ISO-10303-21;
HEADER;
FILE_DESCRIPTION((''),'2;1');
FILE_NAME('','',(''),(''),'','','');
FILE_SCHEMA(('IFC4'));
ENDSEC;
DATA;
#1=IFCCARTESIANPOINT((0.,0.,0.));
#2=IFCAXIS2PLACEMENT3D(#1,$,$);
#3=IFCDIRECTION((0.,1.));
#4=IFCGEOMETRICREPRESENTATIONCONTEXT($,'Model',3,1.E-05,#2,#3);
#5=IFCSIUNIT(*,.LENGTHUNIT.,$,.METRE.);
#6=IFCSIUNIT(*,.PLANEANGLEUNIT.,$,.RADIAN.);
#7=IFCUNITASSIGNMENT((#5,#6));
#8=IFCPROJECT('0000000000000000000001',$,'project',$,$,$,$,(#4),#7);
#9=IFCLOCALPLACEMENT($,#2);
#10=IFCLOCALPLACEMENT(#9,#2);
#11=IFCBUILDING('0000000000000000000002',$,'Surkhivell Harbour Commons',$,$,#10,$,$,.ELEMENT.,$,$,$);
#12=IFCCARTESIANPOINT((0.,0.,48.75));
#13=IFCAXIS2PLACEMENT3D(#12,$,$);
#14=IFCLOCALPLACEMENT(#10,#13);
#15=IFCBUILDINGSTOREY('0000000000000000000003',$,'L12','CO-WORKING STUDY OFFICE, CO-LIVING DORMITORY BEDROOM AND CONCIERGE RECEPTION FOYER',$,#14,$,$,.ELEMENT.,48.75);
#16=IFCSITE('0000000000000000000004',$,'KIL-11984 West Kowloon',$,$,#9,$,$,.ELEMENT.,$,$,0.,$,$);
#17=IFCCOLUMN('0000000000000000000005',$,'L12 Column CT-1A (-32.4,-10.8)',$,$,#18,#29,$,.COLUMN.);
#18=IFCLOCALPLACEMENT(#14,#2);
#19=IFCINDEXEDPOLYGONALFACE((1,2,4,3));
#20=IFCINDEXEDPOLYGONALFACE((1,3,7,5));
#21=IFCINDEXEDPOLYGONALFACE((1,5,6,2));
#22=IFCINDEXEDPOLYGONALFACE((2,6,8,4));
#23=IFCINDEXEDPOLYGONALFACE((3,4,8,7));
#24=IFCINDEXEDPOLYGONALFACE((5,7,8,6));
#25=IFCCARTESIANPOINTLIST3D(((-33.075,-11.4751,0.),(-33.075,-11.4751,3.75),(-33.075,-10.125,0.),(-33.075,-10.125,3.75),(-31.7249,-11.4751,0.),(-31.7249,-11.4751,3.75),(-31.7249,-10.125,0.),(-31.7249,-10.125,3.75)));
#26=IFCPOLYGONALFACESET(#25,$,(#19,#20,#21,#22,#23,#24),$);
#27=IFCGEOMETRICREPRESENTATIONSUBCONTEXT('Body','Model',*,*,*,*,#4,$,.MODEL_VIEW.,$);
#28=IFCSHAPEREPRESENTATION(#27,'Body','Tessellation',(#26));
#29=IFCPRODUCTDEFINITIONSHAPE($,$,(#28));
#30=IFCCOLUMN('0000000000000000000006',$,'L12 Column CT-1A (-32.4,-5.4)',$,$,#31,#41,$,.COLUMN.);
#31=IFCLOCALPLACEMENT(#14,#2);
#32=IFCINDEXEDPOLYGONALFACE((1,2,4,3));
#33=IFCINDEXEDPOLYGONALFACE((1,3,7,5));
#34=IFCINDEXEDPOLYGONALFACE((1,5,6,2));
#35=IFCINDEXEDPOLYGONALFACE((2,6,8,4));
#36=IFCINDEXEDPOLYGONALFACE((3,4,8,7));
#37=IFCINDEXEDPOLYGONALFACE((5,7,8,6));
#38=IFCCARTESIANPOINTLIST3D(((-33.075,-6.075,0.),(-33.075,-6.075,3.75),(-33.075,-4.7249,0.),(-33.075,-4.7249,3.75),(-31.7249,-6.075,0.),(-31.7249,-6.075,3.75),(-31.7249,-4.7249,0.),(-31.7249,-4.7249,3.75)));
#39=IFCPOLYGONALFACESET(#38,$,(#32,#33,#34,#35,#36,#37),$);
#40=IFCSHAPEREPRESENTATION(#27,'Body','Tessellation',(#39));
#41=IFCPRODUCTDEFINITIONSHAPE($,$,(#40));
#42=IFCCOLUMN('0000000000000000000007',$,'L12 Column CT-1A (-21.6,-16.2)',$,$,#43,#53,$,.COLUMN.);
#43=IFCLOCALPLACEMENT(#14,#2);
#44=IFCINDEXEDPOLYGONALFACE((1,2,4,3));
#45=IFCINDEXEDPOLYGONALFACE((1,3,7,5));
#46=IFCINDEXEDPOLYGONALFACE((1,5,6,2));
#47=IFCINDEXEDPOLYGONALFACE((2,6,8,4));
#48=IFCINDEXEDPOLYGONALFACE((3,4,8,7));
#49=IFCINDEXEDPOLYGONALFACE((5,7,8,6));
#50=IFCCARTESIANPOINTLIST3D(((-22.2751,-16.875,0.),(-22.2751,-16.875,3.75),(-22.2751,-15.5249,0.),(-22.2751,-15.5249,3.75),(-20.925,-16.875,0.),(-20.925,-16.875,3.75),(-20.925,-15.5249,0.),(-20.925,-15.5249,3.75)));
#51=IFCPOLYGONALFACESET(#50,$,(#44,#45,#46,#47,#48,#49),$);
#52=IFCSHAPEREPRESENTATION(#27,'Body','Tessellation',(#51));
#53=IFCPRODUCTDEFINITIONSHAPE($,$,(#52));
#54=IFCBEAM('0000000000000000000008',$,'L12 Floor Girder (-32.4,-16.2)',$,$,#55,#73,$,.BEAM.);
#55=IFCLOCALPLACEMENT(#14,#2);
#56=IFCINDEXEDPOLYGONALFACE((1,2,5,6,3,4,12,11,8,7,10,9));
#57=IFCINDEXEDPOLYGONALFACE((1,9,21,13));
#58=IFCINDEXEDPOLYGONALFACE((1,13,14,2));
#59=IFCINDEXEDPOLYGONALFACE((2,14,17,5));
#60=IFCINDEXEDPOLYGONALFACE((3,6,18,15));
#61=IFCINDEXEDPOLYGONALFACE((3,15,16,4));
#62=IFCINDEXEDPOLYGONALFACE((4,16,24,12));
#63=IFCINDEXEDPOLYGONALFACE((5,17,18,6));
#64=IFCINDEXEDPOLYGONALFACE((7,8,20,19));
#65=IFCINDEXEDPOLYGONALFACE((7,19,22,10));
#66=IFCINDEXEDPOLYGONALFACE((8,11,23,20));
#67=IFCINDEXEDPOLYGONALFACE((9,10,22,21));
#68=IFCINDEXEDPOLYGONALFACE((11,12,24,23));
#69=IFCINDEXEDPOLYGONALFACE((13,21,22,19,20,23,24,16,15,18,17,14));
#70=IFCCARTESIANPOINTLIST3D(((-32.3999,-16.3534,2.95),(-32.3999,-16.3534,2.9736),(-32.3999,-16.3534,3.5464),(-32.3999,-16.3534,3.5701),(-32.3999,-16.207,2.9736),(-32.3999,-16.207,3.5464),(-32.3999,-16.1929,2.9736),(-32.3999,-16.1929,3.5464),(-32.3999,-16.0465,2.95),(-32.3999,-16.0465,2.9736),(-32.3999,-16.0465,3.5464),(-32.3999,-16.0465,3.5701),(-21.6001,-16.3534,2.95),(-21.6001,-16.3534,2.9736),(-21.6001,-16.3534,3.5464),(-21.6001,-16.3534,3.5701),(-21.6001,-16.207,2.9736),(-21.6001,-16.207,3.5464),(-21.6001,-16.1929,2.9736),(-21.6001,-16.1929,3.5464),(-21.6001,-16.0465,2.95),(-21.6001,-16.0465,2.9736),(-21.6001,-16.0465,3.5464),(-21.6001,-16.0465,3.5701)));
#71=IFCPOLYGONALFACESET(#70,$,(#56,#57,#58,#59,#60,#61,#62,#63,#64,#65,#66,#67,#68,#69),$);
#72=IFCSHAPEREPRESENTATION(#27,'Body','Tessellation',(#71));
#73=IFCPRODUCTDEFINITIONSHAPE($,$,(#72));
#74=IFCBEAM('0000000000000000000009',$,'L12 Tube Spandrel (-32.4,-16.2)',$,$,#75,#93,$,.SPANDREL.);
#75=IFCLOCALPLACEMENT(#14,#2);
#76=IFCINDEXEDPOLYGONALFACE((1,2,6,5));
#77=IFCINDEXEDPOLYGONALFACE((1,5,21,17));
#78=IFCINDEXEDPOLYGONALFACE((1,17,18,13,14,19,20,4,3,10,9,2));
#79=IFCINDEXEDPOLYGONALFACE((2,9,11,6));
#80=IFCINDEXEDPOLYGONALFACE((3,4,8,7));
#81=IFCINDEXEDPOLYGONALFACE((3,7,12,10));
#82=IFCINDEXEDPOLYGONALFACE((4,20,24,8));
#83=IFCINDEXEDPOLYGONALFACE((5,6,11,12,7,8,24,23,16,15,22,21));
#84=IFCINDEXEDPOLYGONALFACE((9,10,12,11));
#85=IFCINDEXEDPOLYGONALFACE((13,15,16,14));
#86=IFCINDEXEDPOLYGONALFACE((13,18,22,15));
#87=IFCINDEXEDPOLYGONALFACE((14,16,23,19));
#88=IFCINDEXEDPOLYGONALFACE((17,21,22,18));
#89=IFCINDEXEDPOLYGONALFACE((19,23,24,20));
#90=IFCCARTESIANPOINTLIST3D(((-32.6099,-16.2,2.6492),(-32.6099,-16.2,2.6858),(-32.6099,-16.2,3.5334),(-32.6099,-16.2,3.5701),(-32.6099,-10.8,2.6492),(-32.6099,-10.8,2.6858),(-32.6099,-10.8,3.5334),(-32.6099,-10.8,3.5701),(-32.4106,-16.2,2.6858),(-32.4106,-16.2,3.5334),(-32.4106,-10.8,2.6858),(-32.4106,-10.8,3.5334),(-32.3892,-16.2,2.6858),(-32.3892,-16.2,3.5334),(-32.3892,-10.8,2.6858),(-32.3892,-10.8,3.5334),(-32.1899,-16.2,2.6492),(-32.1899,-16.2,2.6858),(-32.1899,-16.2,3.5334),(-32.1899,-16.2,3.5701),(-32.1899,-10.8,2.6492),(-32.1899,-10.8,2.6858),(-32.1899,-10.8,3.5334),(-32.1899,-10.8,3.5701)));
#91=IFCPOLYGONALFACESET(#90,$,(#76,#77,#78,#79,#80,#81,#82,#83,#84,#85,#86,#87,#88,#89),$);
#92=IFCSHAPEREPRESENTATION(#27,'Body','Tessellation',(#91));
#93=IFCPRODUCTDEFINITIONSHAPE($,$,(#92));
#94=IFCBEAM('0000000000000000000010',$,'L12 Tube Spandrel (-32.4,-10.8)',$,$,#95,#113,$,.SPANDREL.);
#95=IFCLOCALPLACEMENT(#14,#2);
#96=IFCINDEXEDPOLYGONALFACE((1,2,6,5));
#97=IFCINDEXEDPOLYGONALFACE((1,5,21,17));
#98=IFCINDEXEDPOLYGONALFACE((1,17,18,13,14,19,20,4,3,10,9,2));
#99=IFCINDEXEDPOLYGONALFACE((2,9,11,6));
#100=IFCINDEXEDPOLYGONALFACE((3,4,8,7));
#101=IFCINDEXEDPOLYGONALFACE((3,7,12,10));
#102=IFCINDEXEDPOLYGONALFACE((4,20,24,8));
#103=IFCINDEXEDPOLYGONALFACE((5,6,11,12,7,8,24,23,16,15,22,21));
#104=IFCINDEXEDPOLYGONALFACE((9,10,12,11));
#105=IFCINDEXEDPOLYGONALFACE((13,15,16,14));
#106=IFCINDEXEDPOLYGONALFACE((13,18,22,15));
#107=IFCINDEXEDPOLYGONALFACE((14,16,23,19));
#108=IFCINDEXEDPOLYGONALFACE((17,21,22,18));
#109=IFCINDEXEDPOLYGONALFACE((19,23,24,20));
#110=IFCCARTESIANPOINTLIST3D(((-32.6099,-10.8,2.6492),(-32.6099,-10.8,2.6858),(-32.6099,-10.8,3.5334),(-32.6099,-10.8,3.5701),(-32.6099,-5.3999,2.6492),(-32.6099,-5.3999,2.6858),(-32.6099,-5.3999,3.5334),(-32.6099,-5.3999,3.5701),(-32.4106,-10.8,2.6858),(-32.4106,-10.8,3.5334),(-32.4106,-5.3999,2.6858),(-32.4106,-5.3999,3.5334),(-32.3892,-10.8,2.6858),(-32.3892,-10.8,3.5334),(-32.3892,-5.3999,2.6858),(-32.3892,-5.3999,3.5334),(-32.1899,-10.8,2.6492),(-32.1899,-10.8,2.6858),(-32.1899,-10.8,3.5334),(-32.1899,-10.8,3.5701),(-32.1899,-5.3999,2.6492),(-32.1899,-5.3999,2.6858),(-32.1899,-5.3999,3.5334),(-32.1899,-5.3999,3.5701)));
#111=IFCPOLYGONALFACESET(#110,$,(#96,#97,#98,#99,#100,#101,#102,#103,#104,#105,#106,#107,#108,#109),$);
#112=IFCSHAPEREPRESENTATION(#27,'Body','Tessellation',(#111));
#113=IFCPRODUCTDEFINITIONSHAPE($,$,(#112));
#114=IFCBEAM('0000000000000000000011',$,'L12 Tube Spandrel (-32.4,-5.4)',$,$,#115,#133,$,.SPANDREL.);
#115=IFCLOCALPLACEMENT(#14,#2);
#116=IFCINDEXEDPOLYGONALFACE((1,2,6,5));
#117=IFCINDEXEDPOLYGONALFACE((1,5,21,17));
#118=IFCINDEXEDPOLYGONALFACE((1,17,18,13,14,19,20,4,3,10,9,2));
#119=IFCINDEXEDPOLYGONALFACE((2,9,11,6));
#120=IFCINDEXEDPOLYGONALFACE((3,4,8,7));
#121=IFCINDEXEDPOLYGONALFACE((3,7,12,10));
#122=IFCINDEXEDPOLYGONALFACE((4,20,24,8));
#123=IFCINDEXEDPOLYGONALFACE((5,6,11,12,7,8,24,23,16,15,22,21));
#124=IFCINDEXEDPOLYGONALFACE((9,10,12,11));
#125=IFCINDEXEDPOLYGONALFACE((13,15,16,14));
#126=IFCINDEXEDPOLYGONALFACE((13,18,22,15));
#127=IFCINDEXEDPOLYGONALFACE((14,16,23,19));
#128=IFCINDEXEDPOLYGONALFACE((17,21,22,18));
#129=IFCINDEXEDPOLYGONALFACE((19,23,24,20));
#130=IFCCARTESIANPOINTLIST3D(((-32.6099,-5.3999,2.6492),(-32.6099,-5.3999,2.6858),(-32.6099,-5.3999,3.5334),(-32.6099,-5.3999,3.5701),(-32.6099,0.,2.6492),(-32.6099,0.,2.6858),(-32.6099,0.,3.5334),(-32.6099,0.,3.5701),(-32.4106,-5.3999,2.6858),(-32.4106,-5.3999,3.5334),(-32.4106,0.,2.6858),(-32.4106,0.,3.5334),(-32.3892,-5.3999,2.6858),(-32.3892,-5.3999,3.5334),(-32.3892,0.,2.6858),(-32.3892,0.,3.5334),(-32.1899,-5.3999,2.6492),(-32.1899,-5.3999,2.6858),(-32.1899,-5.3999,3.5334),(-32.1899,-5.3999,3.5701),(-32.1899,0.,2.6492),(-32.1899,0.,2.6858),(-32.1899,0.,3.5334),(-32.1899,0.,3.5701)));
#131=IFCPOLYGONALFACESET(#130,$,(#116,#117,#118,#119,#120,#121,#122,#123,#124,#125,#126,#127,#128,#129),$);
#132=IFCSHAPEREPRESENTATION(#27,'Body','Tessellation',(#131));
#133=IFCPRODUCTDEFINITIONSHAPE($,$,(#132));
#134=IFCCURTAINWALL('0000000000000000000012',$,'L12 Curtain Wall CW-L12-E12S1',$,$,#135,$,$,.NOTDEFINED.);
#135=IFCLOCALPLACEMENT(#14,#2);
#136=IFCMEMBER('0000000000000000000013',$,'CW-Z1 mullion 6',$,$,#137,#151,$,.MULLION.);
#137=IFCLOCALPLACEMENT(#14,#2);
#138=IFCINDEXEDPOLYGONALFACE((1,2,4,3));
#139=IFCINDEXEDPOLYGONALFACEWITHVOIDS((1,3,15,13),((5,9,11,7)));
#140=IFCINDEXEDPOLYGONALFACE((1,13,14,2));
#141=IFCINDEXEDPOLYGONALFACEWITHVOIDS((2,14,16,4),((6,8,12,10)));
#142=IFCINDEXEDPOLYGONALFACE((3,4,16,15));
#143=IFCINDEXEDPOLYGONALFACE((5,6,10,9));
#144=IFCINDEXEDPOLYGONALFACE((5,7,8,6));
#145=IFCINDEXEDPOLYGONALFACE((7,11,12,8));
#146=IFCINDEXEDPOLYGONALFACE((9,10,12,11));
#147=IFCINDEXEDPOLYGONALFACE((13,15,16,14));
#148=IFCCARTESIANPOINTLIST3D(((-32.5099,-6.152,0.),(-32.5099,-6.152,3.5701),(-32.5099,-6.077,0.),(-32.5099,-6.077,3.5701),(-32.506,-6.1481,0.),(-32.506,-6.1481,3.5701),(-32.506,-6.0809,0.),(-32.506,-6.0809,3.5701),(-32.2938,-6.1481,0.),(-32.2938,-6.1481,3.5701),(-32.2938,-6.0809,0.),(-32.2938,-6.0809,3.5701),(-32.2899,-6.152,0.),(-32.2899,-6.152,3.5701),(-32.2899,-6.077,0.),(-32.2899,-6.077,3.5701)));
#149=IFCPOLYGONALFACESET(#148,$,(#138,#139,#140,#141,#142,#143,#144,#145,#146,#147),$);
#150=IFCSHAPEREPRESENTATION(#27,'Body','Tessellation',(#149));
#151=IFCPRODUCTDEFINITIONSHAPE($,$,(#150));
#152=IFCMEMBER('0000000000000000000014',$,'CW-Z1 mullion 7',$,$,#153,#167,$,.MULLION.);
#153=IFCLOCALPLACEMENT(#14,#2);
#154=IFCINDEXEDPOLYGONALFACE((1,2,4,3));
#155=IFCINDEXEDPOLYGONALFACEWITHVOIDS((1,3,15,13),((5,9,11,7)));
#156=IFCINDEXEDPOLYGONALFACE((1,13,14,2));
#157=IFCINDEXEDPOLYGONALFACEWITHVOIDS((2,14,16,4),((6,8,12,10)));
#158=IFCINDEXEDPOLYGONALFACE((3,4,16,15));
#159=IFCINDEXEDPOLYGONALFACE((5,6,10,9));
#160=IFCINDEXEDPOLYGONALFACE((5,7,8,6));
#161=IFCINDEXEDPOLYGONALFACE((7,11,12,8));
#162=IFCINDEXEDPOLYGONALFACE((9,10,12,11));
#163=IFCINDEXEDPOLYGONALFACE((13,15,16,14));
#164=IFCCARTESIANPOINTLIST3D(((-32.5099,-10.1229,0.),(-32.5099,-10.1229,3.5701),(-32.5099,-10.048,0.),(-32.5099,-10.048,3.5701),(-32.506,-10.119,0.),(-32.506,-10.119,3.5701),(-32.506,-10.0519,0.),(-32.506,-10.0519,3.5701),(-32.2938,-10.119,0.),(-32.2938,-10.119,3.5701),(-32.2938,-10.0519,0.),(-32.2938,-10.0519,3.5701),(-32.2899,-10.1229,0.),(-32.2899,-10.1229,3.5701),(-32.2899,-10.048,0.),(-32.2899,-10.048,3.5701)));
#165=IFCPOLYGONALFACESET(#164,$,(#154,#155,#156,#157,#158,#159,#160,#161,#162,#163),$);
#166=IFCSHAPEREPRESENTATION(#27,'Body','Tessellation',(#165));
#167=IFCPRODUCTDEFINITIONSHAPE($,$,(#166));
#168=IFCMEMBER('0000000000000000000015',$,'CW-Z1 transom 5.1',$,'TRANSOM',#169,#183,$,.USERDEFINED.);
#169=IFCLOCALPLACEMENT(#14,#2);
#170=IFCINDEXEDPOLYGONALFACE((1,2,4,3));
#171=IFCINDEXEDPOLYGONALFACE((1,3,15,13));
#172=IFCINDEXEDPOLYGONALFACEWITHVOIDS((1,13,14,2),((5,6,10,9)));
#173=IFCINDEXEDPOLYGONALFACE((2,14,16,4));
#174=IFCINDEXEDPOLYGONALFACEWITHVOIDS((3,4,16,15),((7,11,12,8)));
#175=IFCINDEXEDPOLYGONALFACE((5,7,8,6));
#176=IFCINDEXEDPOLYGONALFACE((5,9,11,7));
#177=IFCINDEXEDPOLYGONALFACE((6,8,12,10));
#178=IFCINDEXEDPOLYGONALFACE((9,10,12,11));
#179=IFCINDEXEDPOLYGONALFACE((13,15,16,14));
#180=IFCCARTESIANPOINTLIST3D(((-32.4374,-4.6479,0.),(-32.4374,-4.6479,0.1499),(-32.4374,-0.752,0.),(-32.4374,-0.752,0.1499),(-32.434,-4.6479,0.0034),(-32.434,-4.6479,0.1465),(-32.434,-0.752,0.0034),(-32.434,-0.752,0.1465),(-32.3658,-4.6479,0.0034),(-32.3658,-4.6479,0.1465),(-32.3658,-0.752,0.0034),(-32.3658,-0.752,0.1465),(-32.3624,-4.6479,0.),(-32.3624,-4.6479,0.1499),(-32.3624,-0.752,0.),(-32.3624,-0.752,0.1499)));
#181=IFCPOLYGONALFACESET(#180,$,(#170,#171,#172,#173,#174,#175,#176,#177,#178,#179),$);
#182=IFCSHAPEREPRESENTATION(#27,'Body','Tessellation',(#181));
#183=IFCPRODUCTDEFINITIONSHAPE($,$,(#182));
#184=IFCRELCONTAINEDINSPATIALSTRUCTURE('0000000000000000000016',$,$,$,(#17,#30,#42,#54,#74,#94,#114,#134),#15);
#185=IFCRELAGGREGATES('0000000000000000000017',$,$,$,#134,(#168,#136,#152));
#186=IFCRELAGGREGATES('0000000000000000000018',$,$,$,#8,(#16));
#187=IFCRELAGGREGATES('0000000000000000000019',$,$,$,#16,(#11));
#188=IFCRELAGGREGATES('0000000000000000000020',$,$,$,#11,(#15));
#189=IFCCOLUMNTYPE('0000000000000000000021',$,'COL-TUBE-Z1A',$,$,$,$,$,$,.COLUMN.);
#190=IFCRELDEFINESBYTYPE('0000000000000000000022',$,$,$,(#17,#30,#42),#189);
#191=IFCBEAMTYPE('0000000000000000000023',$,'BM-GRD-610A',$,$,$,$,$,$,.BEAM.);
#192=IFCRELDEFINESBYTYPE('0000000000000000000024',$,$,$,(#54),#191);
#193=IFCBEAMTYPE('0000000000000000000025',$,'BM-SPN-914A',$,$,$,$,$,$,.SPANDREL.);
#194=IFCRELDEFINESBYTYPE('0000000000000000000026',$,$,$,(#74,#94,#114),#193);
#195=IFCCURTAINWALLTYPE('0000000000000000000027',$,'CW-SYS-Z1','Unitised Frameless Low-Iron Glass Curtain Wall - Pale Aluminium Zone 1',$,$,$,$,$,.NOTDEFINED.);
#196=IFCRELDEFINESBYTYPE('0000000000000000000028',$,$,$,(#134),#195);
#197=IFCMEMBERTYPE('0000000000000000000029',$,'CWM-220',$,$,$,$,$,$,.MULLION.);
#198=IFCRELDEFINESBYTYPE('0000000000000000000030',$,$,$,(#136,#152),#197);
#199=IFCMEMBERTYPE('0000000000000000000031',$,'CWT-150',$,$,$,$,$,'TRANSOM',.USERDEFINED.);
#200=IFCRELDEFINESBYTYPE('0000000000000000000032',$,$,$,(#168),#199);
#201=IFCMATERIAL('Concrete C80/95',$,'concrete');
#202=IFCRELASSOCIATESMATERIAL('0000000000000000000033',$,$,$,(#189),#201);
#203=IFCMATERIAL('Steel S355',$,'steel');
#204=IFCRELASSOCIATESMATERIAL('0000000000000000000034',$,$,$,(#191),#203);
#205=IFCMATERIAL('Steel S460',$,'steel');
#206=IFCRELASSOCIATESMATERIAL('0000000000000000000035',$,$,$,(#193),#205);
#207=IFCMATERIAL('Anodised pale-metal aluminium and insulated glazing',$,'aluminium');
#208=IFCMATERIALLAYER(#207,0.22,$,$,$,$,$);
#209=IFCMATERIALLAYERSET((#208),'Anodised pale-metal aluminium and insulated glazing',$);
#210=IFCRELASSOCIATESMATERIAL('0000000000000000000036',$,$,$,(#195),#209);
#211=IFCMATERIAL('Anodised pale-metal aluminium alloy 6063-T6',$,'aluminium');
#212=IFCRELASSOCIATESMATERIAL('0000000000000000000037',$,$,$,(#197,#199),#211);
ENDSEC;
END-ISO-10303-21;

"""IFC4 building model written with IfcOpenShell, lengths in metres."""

from ifc_helpers import new_model, si_unit, direction, frame, origin, origin_2d, place, context, subcontext, project, spatial, rectangle, hollow_rectangle, i_section, extrude, material, layer, layer_set, material_profile, profile_set, type_object, element, aggregate, save


model = new_model("IFC4")

# Units and contexts
model_context = context("Model", 3, precision=1e-05, world=origin(), true_north=direction((0.0, 1.0)))
body_context = subcontext(model_context, "Body", "Model", "MODEL_VIEW")
ifc_project = project(units=[si_unit("LENGTHUNIT", "METRE"), si_unit("PLANEANGLEUNIT", "RADIAN")], contexts=[model_context])

# Site, building, storey
site_placement = place(None, origin())
site = spatial("IfcSite", under=ifc_project, at=site_placement, Name="KIL-11984 West Kowloon", CompositionType="ELEMENT", RefElevation=0.0)
building_placement = place(site_placement, origin())
building = spatial("IfcBuilding", under=site, at=building_placement, Name="Surkhivell Harbour Commons", CompositionType="ELEMENT")
storey_placement = place(building_placement, frame((0.0, 0.0, 48.75)))
storey = spatial("IfcBuildingStorey", under=building, at=storey_placement, Name="L12", Description="CO-WORKING STUDY OFFICE, CO-LIVING DORMITORY BEDROOM AND CONCIERGE RECEPTION FOYER", CompositionType="ELEMENT", Elevation=48.75)

# Columns
ifc_material_1 = material(Name="Concrete C80/95", Category="concrete")
ifc_material_profile_1 = material_profile(ifc_material_1, rectangle(XDim=1.3501, YDim=1.3501, at=origin_2d()), Name="RC-COL-1350x1350")
ifc_profile_set_1 = profile_set([ifc_material_profile_1], Name="Concrete C80/95")
column_type = type_object("IfcColumnType", Name="COL-TUBE-Z1A", PredefinedType="COLUMN", material=ifc_profile_set_1)
for number, where, z_axis, x_axis, name in (
    (1, (-32.3999, -10.8, 0.0), (0.0, 0.0, 1.0), (1.0, 0.0, 0.0), "L12 Column CT-1A (-32.4,-10.8)"),
    (2, (-32.3999, -5.3999, 0.0), (0.0, 0.0, 1.0), (1.0, 0.0, 0.0), "L12 Column CT-1A (-32.4,-5.4)"),
    (3, (-21.6001, -16.2, 0.0), (0.0, 0.0, 1.0), (1.0, 0.0, 0.0), "L12 Column CT-1A (-21.6,-16.2)"),
):
    element("IfcColumn", number, at=place(storey_placement, frame(where, z_axis=z_axis, x_axis=x_axis)), inside=storey, type_object=column_type, Name=name, PredefinedType="COLUMN", context=body_context, shape_type="SweptSolid", body=[
        extrude(rectangle(XDim=1.3501, YDim=1.3501, at=origin_2d()), origin(), (0.0, 0.0, 1.0), 3.75),
    ])

# Beams
ifc_material_2 = material(Name="Steel S355", Category="steel")
ifc_material_profile_2 = material_profile(ifc_material_2, i_section(OverallWidth=0.3069, OverallDepth=0.6201, WebThickness=0.0142, FlangeThickness=0.0237, at=origin_2d()), Name="UB610x305x179")
ifc_profile_set_2 = profile_set([ifc_material_profile_2], Name="Steel S355")
beam_type_1 = type_object("IfcBeamType", Name="BM-GRD-610A", PredefinedType="BEAM", material=ifc_profile_set_2)
beam_1_placement = place(storey_placement, frame((-32.3999, -16.2, 3.26), z_axis=(1.0, 0.0, 0.0), x_axis=(0.0, 1.0, 0.0)))
element("IfcBeam", 4, at=beam_1_placement, inside=storey, type_object=beam_type_1, Name="L12 Floor Girder (-32.4,-16.2)", PredefinedType="BEAM", context=body_context, shape_type="SweptSolid", body=[
    extrude(i_section(OverallWidth=0.3069, OverallDepth=0.6201, WebThickness=0.0142, FlangeThickness=0.0237, at=origin_2d()), origin(), (0.0, 0.0, 1.0), 10.7998),
])
ifc_material_3 = material(Name="Steel S460", Category="steel")
ifc_material_profile_3 = material_profile(ifc_material_3, i_section(OverallWidth=0.4199, OverallDepth=0.9209, WebThickness=0.0215, FlangeThickness=0.0366, at=origin_2d()), Name="UB914x419x388")
ifc_profile_set_3 = profile_set([ifc_material_profile_3], Name="Steel S460")
beam_type_2 = type_object("IfcBeamType", Name="BM-SPN-914A", PredefinedType="SPANDREL", material=ifc_profile_set_3)
beam_2_placement = place(storey_placement, frame((-32.3999, -16.2, 3.1096), z_axis=(0.0, 1.0, 0.0), x_axis=(-1.0, 0.0, 0.0)))
element("IfcBeam", 5, at=beam_2_placement, inside=storey, type_object=beam_type_2, Name="L12 Tube Spandrel (-32.4,-16.2)", PredefinedType="SPANDREL", context=body_context, shape_type="SweptSolid", body=[
    extrude(i_section(OverallWidth=0.4199, OverallDepth=0.9209, WebThickness=0.0215, FlangeThickness=0.0366, at=origin_2d()), origin(), (0.0, 0.0, 1.0), 5.3999),
])
beam_3_placement = place(storey_placement, frame((-32.3999, -10.8, 3.1096), z_axis=(0.0, 1.0, 0.0), x_axis=(-1.0, 0.0, 0.0)))
element("IfcBeam", 6, at=beam_3_placement, inside=storey, type_object=beam_type_2, Name="L12 Tube Spandrel (-32.4,-10.8)", PredefinedType="SPANDREL", context=body_context, shape_type="SweptSolid", body=[
    extrude(i_section(OverallWidth=0.4199, OverallDepth=0.9209, WebThickness=0.0215, FlangeThickness=0.0366, at=origin_2d()), origin(), (0.0, 0.0, 1.0), 5.4001),
])
beam_4_placement = place(storey_placement, frame((-32.3999, -5.3999, 3.1096), z_axis=(0.0, 1.0, 0.0), x_axis=(-1.0, 0.0, 0.0)))
element("IfcBeam", 7, at=beam_4_placement, inside=storey, type_object=beam_type_2, Name="L12 Tube Spandrel (-32.4,-5.4)", PredefinedType="SPANDREL", context=body_context, shape_type="SweptSolid", body=[
    extrude(i_section(OverallWidth=0.4199, OverallDepth=0.9209, WebThickness=0.0215, FlangeThickness=0.0366, at=origin_2d()), origin(), (0.0, 0.0, 1.0), 5.3999),
])

# Curtain wall, members
ifc_material_4 = material(Name="Anodised pale-metal aluminium and insulated glazing", Category="aluminium")
ifc_layer_1 = layer(ifc_material_4, 0.22)
ifc_layer_set_1 = layer_set([ifc_layer_1], Name="Anodised pale-metal aluminium and insulated glazing")
curtain_wall_type = type_object("IfcCurtainWallType", Name="CW-SYS-Z1", Description="Unitised Frameless Low-Iron Glass Curtain Wall - Pale Aluminium Zone 1", PredefinedType="NOTDEFINED", material=ifc_layer_set_1)
curtain_wall_placement = place(storey_placement, origin())
curtain_wall = element("IfcCurtainWall", 8, at=curtain_wall_placement, inside=storey, type_object=curtain_wall_type, Name="L12 Curtain Wall CW-L12-E12S1", PredefinedType="NOTDEFINED")
ifc_material_5 = material(Name="Anodised pale-metal aluminium alloy 6063-T6", Category="aluminium")
ifc_material_profile_4 = material_profile(ifc_material_5, hollow_rectangle(XDim=0.075, YDim=0.22, WallThickness=0.0039, at=origin_2d()), Name="ALU-MULL-75x220")
ifc_profile_set_4 = profile_set([ifc_material_profile_4], Name="Anodised pale-metal aluminium alloy 6063-T6")
member_type_1 = type_object("IfcMemberType", Name="CWM-220", PredefinedType="MULLION", material=ifc_profile_set_4)
member_1_placement = place(storey_placement, frame((-32.3999, -6.1145, 0.0), z_axis=(0.0, 0.0, 1.0), x_axis=(0.0, -1.0, 0.0)))
member_1 = element("IfcMember", 9, at=member_1_placement, type_object=member_type_1, Name="CW-Z1 mullion 6", PredefinedType="MULLION", context=body_context, shape_type="SweptSolid", body=[
    extrude(hollow_rectangle(XDim=0.075, YDim=0.22, WallThickness=0.0039, at=origin_2d()), origin(), (0.0, 0.0, 1.0), 3.5701),
])
member_2_placement = place(storey_placement, frame((-32.3999, -10.0854, 0.0), z_axis=(0.0, 0.0, 1.0), x_axis=(0.0, -1.0, 0.0)))
member_2 = element("IfcMember", 10, at=member_2_placement, type_object=member_type_1, Name="CW-Z1 mullion 7", PredefinedType="MULLION", context=body_context, shape_type="SweptSolid", body=[
    extrude(hollow_rectangle(XDim=0.075, YDim=0.22, WallThickness=0.0039, at=origin_2d()), origin(), (0.0, 0.0, 1.0), 3.5701),
])
ifc_material_profile_5 = material_profile(ifc_material_5, hollow_rectangle(XDim=0.075, YDim=0.1499, WallThickness=0.0034, at=origin_2d()), Name="ALU-TRAN-75x150")
ifc_profile_set_5 = profile_set([ifc_material_profile_5], Name="Anodised pale-metal aluminium alloy 6063-T6")
member_type_2 = type_object("IfcMemberType", Name="CWT-150", ElementType="TRANSOM", PredefinedType="USERDEFINED", material=ifc_profile_set_5)
member_3_placement = place(storey_placement, frame((-32.3999, -0.752, 0.075), z_axis=(0.0, -1.0, 0.0), x_axis=(1.0, 0.0, 0.0)))
member_3 = element("IfcMember", 11, at=member_3_placement, type_object=member_type_2, Name="CW-Z1 transom 5.1", ObjectType="TRANSOM", PredefinedType="USERDEFINED", context=body_context, shape_type="SweptSolid", body=[
    extrude(hollow_rectangle(XDim=0.075, YDim=0.1499, WallThickness=0.0034, at=origin_2d()), origin(), (0.0, 0.0, 1.0), 3.896),
])

aggregate(curtain_wall, [member_3, member_1, member_2])

save(model, "model.ifc")
